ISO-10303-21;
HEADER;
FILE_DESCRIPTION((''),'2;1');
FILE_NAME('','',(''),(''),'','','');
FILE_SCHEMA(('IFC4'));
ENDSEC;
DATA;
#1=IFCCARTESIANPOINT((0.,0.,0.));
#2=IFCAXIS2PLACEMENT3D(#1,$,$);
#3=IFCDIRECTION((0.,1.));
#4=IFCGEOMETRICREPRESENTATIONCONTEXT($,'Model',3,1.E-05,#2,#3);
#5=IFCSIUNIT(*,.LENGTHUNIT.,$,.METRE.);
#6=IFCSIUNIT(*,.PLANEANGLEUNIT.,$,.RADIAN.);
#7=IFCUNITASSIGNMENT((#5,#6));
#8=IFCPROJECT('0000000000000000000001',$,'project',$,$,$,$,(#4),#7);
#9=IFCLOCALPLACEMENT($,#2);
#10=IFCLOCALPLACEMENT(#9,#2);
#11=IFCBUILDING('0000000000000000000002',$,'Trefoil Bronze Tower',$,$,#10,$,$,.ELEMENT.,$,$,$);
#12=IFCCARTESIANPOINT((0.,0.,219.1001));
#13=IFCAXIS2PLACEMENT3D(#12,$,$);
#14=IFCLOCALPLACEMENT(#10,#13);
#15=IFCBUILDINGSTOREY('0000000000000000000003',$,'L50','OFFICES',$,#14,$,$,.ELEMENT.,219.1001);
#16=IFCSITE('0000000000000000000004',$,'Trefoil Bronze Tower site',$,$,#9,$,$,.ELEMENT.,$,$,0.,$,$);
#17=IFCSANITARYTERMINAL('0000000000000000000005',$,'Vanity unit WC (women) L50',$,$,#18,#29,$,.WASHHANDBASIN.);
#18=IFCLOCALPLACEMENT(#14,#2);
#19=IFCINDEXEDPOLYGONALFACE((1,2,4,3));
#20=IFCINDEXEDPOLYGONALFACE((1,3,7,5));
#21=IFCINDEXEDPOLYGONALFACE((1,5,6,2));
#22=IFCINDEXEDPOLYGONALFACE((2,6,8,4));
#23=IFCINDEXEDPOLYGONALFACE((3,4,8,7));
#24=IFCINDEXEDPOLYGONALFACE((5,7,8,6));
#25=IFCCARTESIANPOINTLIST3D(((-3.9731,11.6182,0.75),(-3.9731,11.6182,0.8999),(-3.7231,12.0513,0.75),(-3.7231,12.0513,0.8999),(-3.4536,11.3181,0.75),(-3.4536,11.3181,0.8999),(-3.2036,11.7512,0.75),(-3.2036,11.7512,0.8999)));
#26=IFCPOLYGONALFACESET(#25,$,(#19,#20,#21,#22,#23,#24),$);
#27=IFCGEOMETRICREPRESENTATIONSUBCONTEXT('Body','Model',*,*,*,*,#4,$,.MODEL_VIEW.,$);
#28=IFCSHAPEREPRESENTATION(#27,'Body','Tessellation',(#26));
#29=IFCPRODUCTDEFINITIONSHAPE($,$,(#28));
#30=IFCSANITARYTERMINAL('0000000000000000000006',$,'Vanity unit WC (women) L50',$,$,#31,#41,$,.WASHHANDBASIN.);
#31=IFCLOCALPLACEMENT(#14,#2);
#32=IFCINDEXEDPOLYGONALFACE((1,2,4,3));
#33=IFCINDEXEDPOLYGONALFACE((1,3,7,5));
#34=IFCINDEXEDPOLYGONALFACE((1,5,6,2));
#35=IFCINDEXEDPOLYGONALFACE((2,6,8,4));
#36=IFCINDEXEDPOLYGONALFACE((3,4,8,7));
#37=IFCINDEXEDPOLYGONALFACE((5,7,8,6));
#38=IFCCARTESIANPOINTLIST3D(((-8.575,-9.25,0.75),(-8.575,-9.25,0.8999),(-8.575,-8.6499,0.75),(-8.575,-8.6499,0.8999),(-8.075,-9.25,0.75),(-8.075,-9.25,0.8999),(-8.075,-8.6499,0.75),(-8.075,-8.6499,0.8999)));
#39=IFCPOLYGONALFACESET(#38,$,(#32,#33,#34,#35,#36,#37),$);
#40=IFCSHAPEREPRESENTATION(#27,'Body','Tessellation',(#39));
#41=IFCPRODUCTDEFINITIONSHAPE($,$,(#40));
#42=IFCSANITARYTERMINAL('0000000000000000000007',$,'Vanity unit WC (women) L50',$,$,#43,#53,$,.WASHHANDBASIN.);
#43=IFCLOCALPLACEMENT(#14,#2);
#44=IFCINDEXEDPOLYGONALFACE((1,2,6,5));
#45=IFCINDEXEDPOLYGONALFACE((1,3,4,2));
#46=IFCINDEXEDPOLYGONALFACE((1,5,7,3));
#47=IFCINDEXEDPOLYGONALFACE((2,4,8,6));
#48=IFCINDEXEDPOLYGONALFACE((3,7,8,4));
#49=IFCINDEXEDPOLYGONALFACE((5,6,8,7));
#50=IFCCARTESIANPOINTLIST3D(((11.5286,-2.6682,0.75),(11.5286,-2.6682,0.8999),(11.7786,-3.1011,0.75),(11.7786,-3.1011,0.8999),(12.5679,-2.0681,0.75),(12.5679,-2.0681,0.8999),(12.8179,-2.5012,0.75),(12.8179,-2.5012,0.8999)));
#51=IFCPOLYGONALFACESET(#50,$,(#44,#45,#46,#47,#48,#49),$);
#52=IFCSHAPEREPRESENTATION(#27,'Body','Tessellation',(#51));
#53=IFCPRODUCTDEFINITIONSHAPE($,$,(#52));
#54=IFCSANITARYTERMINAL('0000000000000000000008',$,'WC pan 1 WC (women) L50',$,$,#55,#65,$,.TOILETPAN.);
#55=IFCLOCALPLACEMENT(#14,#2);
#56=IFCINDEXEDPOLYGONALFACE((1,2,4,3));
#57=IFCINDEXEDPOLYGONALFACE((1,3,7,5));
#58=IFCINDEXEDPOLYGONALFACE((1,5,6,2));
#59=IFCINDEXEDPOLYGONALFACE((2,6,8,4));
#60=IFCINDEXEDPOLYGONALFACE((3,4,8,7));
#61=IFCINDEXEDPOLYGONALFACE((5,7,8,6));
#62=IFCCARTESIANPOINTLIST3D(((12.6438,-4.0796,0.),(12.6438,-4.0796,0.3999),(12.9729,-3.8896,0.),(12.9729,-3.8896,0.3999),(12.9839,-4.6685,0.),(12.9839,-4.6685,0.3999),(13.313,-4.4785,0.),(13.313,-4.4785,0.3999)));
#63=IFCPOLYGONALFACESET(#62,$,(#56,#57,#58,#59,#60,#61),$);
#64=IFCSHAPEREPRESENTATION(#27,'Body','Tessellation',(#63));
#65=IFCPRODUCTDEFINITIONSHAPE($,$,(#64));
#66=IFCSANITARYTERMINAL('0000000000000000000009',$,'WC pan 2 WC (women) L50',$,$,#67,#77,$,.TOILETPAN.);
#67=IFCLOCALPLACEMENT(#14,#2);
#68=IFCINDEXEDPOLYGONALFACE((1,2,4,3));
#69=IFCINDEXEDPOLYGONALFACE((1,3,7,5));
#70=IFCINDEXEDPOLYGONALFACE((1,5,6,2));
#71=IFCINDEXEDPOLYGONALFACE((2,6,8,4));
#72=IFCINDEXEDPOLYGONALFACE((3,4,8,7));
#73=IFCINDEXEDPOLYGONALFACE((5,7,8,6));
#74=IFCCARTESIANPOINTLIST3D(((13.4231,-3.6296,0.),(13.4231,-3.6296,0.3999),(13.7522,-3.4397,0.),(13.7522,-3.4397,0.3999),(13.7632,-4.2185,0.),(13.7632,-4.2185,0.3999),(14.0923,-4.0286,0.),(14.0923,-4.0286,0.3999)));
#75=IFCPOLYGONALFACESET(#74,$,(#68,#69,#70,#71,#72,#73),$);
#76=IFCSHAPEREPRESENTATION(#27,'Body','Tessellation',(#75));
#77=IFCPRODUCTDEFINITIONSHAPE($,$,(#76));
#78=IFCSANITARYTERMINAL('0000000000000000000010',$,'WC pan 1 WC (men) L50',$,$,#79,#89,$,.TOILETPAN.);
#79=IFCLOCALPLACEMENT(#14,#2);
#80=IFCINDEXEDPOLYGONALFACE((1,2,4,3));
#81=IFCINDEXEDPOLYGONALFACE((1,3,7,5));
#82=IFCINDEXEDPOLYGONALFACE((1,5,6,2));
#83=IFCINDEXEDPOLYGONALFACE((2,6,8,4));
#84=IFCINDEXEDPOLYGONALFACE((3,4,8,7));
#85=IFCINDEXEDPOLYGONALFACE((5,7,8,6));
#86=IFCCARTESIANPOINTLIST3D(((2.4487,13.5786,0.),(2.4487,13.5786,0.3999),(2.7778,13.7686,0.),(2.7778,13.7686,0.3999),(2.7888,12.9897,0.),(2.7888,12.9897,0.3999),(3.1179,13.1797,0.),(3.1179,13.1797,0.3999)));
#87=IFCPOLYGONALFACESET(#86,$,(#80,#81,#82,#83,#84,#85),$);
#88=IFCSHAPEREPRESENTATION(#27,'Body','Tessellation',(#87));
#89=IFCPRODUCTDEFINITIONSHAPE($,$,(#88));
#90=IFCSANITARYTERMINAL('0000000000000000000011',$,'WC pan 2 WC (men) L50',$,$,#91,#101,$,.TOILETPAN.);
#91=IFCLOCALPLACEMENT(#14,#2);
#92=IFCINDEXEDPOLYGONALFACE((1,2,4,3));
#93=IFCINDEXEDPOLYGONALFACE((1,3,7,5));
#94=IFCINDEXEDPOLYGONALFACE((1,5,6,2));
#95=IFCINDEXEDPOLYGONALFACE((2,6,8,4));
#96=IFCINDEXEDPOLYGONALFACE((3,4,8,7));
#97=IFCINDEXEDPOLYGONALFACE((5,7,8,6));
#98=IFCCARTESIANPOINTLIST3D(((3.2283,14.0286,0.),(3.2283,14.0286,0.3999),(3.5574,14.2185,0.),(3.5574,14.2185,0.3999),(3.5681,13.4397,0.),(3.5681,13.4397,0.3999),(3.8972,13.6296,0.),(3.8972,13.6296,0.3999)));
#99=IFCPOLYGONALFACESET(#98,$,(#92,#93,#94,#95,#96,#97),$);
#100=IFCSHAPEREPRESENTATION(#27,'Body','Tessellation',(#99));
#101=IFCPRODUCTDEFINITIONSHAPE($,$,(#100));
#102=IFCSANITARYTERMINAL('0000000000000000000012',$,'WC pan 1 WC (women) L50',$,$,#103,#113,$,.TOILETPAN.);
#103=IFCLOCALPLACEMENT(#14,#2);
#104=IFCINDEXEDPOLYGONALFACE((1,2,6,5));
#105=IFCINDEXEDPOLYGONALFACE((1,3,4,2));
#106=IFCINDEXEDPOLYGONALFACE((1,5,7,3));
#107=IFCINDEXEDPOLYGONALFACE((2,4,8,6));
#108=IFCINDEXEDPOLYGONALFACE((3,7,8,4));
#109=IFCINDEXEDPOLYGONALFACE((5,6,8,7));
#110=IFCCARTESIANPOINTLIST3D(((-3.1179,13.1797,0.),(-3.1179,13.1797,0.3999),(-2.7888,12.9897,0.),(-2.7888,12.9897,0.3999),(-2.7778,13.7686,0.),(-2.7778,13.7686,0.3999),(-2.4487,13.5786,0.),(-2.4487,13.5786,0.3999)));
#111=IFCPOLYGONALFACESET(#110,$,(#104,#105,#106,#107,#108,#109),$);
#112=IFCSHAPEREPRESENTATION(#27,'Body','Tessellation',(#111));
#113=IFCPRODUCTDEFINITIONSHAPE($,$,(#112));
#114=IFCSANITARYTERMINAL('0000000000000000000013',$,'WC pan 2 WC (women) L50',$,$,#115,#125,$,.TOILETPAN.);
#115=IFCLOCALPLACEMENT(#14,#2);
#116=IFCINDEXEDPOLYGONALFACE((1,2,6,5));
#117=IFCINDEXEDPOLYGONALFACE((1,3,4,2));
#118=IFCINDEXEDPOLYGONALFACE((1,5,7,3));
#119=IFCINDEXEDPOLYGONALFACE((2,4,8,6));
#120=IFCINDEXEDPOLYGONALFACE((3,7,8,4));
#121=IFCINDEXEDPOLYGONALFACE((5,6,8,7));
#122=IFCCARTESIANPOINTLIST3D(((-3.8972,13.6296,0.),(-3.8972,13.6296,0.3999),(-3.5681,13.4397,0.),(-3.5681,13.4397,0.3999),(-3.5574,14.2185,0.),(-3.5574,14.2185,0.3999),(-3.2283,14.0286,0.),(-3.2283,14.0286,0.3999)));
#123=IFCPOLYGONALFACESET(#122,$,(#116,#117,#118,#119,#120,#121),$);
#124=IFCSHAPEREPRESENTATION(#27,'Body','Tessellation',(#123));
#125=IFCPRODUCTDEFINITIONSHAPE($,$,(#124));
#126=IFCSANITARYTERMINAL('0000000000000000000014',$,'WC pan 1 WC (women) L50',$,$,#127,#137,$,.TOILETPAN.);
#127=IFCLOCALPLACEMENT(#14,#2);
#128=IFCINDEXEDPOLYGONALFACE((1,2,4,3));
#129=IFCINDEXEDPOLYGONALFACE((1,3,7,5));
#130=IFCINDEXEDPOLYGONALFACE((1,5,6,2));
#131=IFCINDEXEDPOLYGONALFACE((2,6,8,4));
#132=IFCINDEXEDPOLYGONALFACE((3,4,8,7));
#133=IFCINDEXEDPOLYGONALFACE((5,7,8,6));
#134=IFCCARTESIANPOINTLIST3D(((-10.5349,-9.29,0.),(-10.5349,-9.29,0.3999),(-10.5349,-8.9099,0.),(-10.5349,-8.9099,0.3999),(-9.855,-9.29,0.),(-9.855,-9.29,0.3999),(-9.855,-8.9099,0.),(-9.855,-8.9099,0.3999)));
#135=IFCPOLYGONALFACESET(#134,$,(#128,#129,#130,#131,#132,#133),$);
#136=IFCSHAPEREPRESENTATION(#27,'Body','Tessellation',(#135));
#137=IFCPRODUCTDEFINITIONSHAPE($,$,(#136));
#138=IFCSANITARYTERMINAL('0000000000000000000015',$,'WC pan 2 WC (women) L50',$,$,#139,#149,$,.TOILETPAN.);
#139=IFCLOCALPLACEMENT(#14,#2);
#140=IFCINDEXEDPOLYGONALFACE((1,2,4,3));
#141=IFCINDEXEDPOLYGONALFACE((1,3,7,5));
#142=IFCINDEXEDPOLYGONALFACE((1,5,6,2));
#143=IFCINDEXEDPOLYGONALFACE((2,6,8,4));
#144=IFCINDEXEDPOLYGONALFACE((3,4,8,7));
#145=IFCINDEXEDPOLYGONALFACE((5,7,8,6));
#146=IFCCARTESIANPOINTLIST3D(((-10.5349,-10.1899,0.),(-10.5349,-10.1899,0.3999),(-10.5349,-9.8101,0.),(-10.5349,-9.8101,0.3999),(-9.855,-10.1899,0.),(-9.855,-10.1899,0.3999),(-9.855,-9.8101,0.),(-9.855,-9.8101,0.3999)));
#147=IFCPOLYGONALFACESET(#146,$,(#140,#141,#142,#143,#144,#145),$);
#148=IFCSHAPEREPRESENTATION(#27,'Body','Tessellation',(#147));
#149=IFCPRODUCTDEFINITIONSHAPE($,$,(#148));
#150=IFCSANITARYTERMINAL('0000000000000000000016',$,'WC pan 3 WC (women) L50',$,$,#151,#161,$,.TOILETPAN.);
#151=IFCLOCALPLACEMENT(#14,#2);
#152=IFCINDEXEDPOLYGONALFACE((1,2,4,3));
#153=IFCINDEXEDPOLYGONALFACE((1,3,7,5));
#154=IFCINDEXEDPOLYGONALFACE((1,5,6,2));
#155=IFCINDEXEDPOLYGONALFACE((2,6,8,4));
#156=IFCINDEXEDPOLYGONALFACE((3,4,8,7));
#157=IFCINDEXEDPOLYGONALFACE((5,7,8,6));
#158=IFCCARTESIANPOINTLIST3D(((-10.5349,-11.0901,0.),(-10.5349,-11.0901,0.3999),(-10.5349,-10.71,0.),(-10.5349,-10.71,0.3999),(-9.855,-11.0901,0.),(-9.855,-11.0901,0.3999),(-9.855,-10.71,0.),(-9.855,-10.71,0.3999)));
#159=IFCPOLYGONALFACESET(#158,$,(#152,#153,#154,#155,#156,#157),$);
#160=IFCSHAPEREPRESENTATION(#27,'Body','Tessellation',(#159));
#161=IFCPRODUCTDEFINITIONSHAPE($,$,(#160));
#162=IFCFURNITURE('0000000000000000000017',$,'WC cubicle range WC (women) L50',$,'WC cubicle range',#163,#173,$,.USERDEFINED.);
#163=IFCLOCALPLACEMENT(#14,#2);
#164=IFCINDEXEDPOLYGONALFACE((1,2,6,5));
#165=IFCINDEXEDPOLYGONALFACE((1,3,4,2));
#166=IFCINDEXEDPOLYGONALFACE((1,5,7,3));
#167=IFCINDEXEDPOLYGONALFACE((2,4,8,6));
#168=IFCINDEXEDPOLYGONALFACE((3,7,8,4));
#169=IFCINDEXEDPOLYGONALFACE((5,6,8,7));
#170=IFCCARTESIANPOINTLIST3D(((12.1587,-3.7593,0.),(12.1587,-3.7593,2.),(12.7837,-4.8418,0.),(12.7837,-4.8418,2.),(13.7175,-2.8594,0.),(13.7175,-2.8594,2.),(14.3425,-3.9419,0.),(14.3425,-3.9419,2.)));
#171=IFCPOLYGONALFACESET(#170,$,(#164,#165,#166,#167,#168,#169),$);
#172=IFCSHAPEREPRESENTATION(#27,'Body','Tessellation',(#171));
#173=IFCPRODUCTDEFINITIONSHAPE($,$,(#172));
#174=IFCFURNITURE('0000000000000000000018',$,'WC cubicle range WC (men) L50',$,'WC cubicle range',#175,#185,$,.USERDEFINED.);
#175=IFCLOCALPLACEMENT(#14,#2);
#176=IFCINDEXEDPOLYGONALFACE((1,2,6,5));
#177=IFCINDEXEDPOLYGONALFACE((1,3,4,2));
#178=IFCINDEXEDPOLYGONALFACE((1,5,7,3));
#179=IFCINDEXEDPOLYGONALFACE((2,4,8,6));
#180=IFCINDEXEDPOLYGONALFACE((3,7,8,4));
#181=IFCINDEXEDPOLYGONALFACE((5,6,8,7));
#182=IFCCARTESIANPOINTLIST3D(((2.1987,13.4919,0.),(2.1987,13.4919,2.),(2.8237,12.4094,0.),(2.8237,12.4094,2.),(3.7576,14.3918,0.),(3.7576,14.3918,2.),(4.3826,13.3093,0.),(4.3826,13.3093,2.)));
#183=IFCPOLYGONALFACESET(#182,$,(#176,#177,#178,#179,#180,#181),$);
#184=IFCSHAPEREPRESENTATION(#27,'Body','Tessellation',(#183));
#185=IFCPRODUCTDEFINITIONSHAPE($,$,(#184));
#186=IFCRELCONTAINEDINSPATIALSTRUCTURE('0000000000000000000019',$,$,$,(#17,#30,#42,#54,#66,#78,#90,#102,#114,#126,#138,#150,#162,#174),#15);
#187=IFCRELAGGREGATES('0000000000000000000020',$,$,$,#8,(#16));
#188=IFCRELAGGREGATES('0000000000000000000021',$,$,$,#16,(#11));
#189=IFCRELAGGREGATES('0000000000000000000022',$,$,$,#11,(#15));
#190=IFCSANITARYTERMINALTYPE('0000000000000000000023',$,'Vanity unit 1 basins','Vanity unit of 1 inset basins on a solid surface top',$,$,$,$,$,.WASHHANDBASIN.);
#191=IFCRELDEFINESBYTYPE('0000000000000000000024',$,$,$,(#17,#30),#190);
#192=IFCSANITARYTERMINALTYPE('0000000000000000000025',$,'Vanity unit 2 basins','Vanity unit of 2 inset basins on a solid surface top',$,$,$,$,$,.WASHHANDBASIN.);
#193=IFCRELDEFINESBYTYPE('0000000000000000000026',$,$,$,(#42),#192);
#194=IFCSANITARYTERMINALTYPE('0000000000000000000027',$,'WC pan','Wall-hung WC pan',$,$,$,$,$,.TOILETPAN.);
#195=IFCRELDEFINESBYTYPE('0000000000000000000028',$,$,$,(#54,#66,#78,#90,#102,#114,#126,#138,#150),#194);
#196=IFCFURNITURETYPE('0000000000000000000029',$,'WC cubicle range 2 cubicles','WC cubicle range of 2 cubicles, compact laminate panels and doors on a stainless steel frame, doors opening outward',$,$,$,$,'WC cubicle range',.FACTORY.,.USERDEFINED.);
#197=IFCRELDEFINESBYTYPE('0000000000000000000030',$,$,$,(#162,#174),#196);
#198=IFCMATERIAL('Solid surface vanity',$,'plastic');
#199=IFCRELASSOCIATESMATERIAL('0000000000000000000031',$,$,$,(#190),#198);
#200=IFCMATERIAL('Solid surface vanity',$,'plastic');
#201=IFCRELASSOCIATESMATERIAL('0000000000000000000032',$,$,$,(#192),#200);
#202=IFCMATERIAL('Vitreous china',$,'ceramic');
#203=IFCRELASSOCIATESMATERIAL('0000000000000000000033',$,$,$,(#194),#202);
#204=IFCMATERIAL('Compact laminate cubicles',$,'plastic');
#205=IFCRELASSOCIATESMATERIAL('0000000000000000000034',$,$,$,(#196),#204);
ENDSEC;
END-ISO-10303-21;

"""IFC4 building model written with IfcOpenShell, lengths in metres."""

from ifc_helpers import new_model, si_unit, direction, frame, origin, place, context, subcontext, project, spatial, polyline, outline, extrude, material, type_object, element, save


model = new_model("IFC4")

# Units and contexts
model_context = context("Model", 3, precision=1e-05, world=origin(), true_north=direction((0.0, 1.0)))
body_context = subcontext(model_context, "Body", "Model", "MODEL_VIEW")
ifc_project = project(units=[si_unit("LENGTHUNIT", "METRE"), si_unit("PLANEANGLEUNIT", "RADIAN")], contexts=[model_context])

# Site, building, storey
site_placement = place(None, origin())
site = spatial("IfcSite", under=ifc_project, at=site_placement, Name="Trefoil Bronze Tower site", CompositionType="ELEMENT", RefElevation=0.0)
building_placement = place(site_placement, origin())
building = spatial("IfcBuilding", under=site, at=building_placement, Name="Trefoil Bronze Tower", CompositionType="ELEMENT")
storey_placement = place(building_placement, frame((0.0, 0.0, 219.1001)))
storey = spatial("IfcBuildingStorey", under=building, at=storey_placement, Name="L50", Description="OFFICES", CompositionType="ELEMENT", Elevation=219.1001)

# Sanitary terminals
ifc_material_1 = material(Name="Solid surface vanity", Category="plastic")
sanitary_terminal_type_1 = type_object("IfcSanitaryTerminalType", Name="Vanity unit 1 basins", Description="Vanity unit of 1 inset basins on a solid surface top", PredefinedType="WASHHANDBASIN", material=ifc_material_1)
sanitary_terminal_1_placement = place(storey_placement, frame((0.0, 0.0, 0.75)))
element("IfcSanitaryTerminal", 1, at=sanitary_terminal_1_placement, inside=storey, type_object=sanitary_terminal_type_1, Name="Vanity unit WC (women) L50", PredefinedType="WASHHANDBASIN", context=body_context, shape_type="SweptSolid", body=[
    extrude(outline(polyline([(-3.4536, 11.3181), (-3.2036, 11.7512), (-3.7231, 12.0513), (-3.9731, 11.6182), (-3.4536, 11.3181)])), origin(), (0.0, 0.0, 1.0), 0.1499),
])
sanitary_terminal_2_placement = place(storey_placement, frame((0.0, 0.0, 0.75)))
element("IfcSanitaryTerminal", 2, at=sanitary_terminal_2_placement, inside=storey, type_object=sanitary_terminal_type_1, Name="Vanity unit WC (women) L50", PredefinedType="WASHHANDBASIN", context=body_context, shape_type="SweptSolid", body=[
    extrude(outline(polyline([(-8.075, -8.6499), (-8.575, -8.6499), (-8.575, -9.25), (-8.075, -9.25), (-8.075, -8.6499)])), origin(), (0.0, 0.0, 1.0), 0.1499),
])
ifc_material_2 = material(Name="Solid surface vanity", Category="plastic")
sanitary_terminal_type_2 = type_object("IfcSanitaryTerminalType", Name="Vanity unit 2 basins", Description="Vanity unit of 2 inset basins on a solid surface top", PredefinedType="WASHHANDBASIN", material=ifc_material_2)
sanitary_terminal_3_placement = place(storey_placement, frame((0.0, 0.0, 0.75)))
element("IfcSanitaryTerminal", 3, at=sanitary_terminal_3_placement, inside=storey, type_object=sanitary_terminal_type_2, Name="Vanity unit WC (women) L50", PredefinedType="WASHHANDBASIN", context=body_context, shape_type="SweptSolid", body=[
    extrude(outline(polyline([(11.5286, -2.6682), (11.7786, -3.1011), (12.8179, -2.5012), (12.5679, -2.0681), (11.5286, -2.6682)])), origin(), (0.0, 0.0, 1.0), 0.1499),
])
ifc_material_3 = material(Name="Vitreous china", Category="ceramic")
sanitary_terminal_type_3 = type_object("IfcSanitaryTerminalType", Name="WC pan", Description="Wall-hung WC pan", PredefinedType="TOILETPAN", material=ifc_material_3)
sanitary_terminal_4_placement = place(storey_placement, origin())
element("IfcSanitaryTerminal", 4, at=sanitary_terminal_4_placement, inside=storey, type_object=sanitary_terminal_type_3, Name="WC pan 1 WC (women) L50", PredefinedType="TOILETPAN", context=body_context, shape_type="SweptSolid", body=[
    extrude(outline(polyline([(12.6438, -4.0796), (12.9839, -4.6685), (13.313, -4.4785), (12.9729, -3.8896), (12.6438, -4.0796)])), origin(), (0.0, 0.0, 1.0), 0.3999),
])
sanitary_terminal_5_placement = place(storey_placement, origin())
element("IfcSanitaryTerminal", 5, at=sanitary_terminal_5_placement, inside=storey, type_object=sanitary_terminal_type_3, Name="WC pan 2 WC (women) L50", PredefinedType="TOILETPAN", context=body_context, shape_type="SweptSolid", body=[
    extrude(outline(polyline([(13.4231, -3.6296), (13.7632, -4.2185), (14.0923, -4.0286), (13.7522, -3.4397), (13.4231, -3.6296)])), origin(), (0.0, 0.0, 1.0), 0.3999),
])
sanitary_terminal_6_placement = place(storey_placement, origin())
element("IfcSanitaryTerminal", 6, at=sanitary_terminal_6_placement, inside=storey, type_object=sanitary_terminal_type_3, Name="WC pan 1 WC (men) L50", PredefinedType="TOILETPAN", context=body_context, shape_type="SweptSolid", body=[
    extrude(outline(polyline([(2.7888, 12.9897), (2.4487, 13.5786), (2.7778, 13.7686), (3.1179, 13.1797), (2.7888, 12.9897)])), origin(), (0.0, 0.0, 1.0), 0.3999),
])
sanitary_terminal_7_placement = place(storey_placement, origin())
element("IfcSanitaryTerminal", 7, at=sanitary_terminal_7_placement, inside=storey, type_object=sanitary_terminal_type_3, Name="WC pan 2 WC (men) L50", PredefinedType="TOILETPAN", context=body_context, shape_type="SweptSolid", body=[
    extrude(outline(polyline([(3.5681, 13.4397), (3.2283, 14.0286), (3.5574, 14.2185), (3.8972, 13.6296), (3.5681, 13.4397)])), origin(), (0.0, 0.0, 1.0), 0.3999),
])
sanitary_terminal_8_placement = place(storey_placement, origin())
element("IfcSanitaryTerminal", 8, at=sanitary_terminal_8_placement, inside=storey, type_object=sanitary_terminal_type_3, Name="WC pan 1 WC (women) L50", PredefinedType="TOILETPAN", context=body_context, shape_type="SweptSolid", body=[
    extrude(outline(polyline([(-2.7888, 12.9897), (-2.4487, 13.5786), (-2.7778, 13.7686), (-3.1179, 13.1797), (-2.7888, 12.9897)])), origin(), (0.0, 0.0, 1.0), 0.3999),
])
sanitary_terminal_9_placement = place(storey_placement, origin())
element("IfcSanitaryTerminal", 9, at=sanitary_terminal_9_placement, inside=storey, type_object=sanitary_terminal_type_3, Name="WC pan 2 WC (women) L50", PredefinedType="TOILETPAN", context=body_context, shape_type="SweptSolid", body=[
    extrude(outline(polyline([(-3.5681, 13.4397), (-3.2283, 14.0286), (-3.5574, 14.2185), (-3.8972, 13.6296), (-3.5681, 13.4397)])), origin(), (0.0, 0.0, 1.0), 0.3999),
])
sanitary_terminal_10_placement = place(storey_placement, origin())
element("IfcSanitaryTerminal", 10, at=sanitary_terminal_10_placement, inside=storey, type_object=sanitary_terminal_type_3, Name="WC pan 1 WC (women) L50", PredefinedType="TOILETPAN", context=body_context, shape_type="SweptSolid", body=[
    extrude(outline(polyline([(-9.855, -8.9099), (-10.5349, -8.9099), (-10.5349, -9.29), (-9.855, -9.29), (-9.855, -8.9099)])), origin(), (0.0, 0.0, 1.0), 0.3999),
])
sanitary_terminal_11_placement = place(storey_placement, origin())
element("IfcSanitaryTerminal", 11, at=sanitary_terminal_11_placement, inside=storey, type_object=sanitary_terminal_type_3, Name="WC pan 2 WC (women) L50", PredefinedType="TOILETPAN", context=body_context, shape_type="SweptSolid", body=[
    extrude(outline(polyline([(-9.855, -9.8101), (-10.5349, -9.8101), (-10.5349, -10.1899), (-9.855, -10.1899), (-9.855, -9.8101)])), origin(), (0.0, 0.0, 1.0), 0.3999),
])
sanitary_terminal_12_placement = place(storey_placement, origin())
element("IfcSanitaryTerminal", 12, at=sanitary_terminal_12_placement, inside=storey, type_object=sanitary_terminal_type_3, Name="WC pan 3 WC (women) L50", PredefinedType="TOILETPAN", context=body_context, shape_type="SweptSolid", body=[
    extrude(outline(polyline([(-9.855, -10.71), (-10.5349, -10.71), (-10.5349, -11.0901), (-9.855, -11.0901), (-9.855, -10.71)])), origin(), (0.0, 0.0, 1.0), 0.3999),
])

# Furniture
ifc_material_4 = material(Name="Compact laminate cubicles", Category="plastic")
furniture_type_1 = type_object("IfcFurnitureType", Name="WC cubicle range 2 cubicles", Description="WC cubicle range of 2 cubicles, compact laminate panels and doors on a stainless steel frame, doors opening outward", ElementType="WC cubicle range", AssemblyPlace="FACTORY", PredefinedType="USERDEFINED", material=ifc_material_4)
furniture_1_placement = place(storey_placement, origin())
element("IfcFurniture", 13, at=furniture_1_placement, inside=storey, type_object=furniture_type_1, Name="WC cubicle range WC (women) L50", ObjectType="WC cubicle range", PredefinedType="USERDEFINED", context=body_context, shape_type="SweptSolid", body=[
    extrude(outline(polyline([(12.1587, -3.7593), (12.7837, -4.8418), (14.3425, -3.9419), (13.7175, -2.8594), (12.1587, -3.7593)])), origin(), (0.0, 0.0, 1.0), 2.0),
])
furniture_2_placement = place(storey_placement, origin())
element("IfcFurniture", 14, at=furniture_2_placement, inside=storey, type_object=furniture_type_1, Name="WC cubicle range WC (men) L50", ObjectType="WC cubicle range", PredefinedType="USERDEFINED", context=body_context, shape_type="SweptSolid", body=[
    extrude(outline(polyline([(2.8237, 12.4094), (2.1987, 13.4919), (3.7576, 14.3918), (4.3826, 13.3093), (2.8237, 12.4094)])), origin(), (0.0, 0.0, 1.0), 2.0),
])

save(model, "model.ifc")
